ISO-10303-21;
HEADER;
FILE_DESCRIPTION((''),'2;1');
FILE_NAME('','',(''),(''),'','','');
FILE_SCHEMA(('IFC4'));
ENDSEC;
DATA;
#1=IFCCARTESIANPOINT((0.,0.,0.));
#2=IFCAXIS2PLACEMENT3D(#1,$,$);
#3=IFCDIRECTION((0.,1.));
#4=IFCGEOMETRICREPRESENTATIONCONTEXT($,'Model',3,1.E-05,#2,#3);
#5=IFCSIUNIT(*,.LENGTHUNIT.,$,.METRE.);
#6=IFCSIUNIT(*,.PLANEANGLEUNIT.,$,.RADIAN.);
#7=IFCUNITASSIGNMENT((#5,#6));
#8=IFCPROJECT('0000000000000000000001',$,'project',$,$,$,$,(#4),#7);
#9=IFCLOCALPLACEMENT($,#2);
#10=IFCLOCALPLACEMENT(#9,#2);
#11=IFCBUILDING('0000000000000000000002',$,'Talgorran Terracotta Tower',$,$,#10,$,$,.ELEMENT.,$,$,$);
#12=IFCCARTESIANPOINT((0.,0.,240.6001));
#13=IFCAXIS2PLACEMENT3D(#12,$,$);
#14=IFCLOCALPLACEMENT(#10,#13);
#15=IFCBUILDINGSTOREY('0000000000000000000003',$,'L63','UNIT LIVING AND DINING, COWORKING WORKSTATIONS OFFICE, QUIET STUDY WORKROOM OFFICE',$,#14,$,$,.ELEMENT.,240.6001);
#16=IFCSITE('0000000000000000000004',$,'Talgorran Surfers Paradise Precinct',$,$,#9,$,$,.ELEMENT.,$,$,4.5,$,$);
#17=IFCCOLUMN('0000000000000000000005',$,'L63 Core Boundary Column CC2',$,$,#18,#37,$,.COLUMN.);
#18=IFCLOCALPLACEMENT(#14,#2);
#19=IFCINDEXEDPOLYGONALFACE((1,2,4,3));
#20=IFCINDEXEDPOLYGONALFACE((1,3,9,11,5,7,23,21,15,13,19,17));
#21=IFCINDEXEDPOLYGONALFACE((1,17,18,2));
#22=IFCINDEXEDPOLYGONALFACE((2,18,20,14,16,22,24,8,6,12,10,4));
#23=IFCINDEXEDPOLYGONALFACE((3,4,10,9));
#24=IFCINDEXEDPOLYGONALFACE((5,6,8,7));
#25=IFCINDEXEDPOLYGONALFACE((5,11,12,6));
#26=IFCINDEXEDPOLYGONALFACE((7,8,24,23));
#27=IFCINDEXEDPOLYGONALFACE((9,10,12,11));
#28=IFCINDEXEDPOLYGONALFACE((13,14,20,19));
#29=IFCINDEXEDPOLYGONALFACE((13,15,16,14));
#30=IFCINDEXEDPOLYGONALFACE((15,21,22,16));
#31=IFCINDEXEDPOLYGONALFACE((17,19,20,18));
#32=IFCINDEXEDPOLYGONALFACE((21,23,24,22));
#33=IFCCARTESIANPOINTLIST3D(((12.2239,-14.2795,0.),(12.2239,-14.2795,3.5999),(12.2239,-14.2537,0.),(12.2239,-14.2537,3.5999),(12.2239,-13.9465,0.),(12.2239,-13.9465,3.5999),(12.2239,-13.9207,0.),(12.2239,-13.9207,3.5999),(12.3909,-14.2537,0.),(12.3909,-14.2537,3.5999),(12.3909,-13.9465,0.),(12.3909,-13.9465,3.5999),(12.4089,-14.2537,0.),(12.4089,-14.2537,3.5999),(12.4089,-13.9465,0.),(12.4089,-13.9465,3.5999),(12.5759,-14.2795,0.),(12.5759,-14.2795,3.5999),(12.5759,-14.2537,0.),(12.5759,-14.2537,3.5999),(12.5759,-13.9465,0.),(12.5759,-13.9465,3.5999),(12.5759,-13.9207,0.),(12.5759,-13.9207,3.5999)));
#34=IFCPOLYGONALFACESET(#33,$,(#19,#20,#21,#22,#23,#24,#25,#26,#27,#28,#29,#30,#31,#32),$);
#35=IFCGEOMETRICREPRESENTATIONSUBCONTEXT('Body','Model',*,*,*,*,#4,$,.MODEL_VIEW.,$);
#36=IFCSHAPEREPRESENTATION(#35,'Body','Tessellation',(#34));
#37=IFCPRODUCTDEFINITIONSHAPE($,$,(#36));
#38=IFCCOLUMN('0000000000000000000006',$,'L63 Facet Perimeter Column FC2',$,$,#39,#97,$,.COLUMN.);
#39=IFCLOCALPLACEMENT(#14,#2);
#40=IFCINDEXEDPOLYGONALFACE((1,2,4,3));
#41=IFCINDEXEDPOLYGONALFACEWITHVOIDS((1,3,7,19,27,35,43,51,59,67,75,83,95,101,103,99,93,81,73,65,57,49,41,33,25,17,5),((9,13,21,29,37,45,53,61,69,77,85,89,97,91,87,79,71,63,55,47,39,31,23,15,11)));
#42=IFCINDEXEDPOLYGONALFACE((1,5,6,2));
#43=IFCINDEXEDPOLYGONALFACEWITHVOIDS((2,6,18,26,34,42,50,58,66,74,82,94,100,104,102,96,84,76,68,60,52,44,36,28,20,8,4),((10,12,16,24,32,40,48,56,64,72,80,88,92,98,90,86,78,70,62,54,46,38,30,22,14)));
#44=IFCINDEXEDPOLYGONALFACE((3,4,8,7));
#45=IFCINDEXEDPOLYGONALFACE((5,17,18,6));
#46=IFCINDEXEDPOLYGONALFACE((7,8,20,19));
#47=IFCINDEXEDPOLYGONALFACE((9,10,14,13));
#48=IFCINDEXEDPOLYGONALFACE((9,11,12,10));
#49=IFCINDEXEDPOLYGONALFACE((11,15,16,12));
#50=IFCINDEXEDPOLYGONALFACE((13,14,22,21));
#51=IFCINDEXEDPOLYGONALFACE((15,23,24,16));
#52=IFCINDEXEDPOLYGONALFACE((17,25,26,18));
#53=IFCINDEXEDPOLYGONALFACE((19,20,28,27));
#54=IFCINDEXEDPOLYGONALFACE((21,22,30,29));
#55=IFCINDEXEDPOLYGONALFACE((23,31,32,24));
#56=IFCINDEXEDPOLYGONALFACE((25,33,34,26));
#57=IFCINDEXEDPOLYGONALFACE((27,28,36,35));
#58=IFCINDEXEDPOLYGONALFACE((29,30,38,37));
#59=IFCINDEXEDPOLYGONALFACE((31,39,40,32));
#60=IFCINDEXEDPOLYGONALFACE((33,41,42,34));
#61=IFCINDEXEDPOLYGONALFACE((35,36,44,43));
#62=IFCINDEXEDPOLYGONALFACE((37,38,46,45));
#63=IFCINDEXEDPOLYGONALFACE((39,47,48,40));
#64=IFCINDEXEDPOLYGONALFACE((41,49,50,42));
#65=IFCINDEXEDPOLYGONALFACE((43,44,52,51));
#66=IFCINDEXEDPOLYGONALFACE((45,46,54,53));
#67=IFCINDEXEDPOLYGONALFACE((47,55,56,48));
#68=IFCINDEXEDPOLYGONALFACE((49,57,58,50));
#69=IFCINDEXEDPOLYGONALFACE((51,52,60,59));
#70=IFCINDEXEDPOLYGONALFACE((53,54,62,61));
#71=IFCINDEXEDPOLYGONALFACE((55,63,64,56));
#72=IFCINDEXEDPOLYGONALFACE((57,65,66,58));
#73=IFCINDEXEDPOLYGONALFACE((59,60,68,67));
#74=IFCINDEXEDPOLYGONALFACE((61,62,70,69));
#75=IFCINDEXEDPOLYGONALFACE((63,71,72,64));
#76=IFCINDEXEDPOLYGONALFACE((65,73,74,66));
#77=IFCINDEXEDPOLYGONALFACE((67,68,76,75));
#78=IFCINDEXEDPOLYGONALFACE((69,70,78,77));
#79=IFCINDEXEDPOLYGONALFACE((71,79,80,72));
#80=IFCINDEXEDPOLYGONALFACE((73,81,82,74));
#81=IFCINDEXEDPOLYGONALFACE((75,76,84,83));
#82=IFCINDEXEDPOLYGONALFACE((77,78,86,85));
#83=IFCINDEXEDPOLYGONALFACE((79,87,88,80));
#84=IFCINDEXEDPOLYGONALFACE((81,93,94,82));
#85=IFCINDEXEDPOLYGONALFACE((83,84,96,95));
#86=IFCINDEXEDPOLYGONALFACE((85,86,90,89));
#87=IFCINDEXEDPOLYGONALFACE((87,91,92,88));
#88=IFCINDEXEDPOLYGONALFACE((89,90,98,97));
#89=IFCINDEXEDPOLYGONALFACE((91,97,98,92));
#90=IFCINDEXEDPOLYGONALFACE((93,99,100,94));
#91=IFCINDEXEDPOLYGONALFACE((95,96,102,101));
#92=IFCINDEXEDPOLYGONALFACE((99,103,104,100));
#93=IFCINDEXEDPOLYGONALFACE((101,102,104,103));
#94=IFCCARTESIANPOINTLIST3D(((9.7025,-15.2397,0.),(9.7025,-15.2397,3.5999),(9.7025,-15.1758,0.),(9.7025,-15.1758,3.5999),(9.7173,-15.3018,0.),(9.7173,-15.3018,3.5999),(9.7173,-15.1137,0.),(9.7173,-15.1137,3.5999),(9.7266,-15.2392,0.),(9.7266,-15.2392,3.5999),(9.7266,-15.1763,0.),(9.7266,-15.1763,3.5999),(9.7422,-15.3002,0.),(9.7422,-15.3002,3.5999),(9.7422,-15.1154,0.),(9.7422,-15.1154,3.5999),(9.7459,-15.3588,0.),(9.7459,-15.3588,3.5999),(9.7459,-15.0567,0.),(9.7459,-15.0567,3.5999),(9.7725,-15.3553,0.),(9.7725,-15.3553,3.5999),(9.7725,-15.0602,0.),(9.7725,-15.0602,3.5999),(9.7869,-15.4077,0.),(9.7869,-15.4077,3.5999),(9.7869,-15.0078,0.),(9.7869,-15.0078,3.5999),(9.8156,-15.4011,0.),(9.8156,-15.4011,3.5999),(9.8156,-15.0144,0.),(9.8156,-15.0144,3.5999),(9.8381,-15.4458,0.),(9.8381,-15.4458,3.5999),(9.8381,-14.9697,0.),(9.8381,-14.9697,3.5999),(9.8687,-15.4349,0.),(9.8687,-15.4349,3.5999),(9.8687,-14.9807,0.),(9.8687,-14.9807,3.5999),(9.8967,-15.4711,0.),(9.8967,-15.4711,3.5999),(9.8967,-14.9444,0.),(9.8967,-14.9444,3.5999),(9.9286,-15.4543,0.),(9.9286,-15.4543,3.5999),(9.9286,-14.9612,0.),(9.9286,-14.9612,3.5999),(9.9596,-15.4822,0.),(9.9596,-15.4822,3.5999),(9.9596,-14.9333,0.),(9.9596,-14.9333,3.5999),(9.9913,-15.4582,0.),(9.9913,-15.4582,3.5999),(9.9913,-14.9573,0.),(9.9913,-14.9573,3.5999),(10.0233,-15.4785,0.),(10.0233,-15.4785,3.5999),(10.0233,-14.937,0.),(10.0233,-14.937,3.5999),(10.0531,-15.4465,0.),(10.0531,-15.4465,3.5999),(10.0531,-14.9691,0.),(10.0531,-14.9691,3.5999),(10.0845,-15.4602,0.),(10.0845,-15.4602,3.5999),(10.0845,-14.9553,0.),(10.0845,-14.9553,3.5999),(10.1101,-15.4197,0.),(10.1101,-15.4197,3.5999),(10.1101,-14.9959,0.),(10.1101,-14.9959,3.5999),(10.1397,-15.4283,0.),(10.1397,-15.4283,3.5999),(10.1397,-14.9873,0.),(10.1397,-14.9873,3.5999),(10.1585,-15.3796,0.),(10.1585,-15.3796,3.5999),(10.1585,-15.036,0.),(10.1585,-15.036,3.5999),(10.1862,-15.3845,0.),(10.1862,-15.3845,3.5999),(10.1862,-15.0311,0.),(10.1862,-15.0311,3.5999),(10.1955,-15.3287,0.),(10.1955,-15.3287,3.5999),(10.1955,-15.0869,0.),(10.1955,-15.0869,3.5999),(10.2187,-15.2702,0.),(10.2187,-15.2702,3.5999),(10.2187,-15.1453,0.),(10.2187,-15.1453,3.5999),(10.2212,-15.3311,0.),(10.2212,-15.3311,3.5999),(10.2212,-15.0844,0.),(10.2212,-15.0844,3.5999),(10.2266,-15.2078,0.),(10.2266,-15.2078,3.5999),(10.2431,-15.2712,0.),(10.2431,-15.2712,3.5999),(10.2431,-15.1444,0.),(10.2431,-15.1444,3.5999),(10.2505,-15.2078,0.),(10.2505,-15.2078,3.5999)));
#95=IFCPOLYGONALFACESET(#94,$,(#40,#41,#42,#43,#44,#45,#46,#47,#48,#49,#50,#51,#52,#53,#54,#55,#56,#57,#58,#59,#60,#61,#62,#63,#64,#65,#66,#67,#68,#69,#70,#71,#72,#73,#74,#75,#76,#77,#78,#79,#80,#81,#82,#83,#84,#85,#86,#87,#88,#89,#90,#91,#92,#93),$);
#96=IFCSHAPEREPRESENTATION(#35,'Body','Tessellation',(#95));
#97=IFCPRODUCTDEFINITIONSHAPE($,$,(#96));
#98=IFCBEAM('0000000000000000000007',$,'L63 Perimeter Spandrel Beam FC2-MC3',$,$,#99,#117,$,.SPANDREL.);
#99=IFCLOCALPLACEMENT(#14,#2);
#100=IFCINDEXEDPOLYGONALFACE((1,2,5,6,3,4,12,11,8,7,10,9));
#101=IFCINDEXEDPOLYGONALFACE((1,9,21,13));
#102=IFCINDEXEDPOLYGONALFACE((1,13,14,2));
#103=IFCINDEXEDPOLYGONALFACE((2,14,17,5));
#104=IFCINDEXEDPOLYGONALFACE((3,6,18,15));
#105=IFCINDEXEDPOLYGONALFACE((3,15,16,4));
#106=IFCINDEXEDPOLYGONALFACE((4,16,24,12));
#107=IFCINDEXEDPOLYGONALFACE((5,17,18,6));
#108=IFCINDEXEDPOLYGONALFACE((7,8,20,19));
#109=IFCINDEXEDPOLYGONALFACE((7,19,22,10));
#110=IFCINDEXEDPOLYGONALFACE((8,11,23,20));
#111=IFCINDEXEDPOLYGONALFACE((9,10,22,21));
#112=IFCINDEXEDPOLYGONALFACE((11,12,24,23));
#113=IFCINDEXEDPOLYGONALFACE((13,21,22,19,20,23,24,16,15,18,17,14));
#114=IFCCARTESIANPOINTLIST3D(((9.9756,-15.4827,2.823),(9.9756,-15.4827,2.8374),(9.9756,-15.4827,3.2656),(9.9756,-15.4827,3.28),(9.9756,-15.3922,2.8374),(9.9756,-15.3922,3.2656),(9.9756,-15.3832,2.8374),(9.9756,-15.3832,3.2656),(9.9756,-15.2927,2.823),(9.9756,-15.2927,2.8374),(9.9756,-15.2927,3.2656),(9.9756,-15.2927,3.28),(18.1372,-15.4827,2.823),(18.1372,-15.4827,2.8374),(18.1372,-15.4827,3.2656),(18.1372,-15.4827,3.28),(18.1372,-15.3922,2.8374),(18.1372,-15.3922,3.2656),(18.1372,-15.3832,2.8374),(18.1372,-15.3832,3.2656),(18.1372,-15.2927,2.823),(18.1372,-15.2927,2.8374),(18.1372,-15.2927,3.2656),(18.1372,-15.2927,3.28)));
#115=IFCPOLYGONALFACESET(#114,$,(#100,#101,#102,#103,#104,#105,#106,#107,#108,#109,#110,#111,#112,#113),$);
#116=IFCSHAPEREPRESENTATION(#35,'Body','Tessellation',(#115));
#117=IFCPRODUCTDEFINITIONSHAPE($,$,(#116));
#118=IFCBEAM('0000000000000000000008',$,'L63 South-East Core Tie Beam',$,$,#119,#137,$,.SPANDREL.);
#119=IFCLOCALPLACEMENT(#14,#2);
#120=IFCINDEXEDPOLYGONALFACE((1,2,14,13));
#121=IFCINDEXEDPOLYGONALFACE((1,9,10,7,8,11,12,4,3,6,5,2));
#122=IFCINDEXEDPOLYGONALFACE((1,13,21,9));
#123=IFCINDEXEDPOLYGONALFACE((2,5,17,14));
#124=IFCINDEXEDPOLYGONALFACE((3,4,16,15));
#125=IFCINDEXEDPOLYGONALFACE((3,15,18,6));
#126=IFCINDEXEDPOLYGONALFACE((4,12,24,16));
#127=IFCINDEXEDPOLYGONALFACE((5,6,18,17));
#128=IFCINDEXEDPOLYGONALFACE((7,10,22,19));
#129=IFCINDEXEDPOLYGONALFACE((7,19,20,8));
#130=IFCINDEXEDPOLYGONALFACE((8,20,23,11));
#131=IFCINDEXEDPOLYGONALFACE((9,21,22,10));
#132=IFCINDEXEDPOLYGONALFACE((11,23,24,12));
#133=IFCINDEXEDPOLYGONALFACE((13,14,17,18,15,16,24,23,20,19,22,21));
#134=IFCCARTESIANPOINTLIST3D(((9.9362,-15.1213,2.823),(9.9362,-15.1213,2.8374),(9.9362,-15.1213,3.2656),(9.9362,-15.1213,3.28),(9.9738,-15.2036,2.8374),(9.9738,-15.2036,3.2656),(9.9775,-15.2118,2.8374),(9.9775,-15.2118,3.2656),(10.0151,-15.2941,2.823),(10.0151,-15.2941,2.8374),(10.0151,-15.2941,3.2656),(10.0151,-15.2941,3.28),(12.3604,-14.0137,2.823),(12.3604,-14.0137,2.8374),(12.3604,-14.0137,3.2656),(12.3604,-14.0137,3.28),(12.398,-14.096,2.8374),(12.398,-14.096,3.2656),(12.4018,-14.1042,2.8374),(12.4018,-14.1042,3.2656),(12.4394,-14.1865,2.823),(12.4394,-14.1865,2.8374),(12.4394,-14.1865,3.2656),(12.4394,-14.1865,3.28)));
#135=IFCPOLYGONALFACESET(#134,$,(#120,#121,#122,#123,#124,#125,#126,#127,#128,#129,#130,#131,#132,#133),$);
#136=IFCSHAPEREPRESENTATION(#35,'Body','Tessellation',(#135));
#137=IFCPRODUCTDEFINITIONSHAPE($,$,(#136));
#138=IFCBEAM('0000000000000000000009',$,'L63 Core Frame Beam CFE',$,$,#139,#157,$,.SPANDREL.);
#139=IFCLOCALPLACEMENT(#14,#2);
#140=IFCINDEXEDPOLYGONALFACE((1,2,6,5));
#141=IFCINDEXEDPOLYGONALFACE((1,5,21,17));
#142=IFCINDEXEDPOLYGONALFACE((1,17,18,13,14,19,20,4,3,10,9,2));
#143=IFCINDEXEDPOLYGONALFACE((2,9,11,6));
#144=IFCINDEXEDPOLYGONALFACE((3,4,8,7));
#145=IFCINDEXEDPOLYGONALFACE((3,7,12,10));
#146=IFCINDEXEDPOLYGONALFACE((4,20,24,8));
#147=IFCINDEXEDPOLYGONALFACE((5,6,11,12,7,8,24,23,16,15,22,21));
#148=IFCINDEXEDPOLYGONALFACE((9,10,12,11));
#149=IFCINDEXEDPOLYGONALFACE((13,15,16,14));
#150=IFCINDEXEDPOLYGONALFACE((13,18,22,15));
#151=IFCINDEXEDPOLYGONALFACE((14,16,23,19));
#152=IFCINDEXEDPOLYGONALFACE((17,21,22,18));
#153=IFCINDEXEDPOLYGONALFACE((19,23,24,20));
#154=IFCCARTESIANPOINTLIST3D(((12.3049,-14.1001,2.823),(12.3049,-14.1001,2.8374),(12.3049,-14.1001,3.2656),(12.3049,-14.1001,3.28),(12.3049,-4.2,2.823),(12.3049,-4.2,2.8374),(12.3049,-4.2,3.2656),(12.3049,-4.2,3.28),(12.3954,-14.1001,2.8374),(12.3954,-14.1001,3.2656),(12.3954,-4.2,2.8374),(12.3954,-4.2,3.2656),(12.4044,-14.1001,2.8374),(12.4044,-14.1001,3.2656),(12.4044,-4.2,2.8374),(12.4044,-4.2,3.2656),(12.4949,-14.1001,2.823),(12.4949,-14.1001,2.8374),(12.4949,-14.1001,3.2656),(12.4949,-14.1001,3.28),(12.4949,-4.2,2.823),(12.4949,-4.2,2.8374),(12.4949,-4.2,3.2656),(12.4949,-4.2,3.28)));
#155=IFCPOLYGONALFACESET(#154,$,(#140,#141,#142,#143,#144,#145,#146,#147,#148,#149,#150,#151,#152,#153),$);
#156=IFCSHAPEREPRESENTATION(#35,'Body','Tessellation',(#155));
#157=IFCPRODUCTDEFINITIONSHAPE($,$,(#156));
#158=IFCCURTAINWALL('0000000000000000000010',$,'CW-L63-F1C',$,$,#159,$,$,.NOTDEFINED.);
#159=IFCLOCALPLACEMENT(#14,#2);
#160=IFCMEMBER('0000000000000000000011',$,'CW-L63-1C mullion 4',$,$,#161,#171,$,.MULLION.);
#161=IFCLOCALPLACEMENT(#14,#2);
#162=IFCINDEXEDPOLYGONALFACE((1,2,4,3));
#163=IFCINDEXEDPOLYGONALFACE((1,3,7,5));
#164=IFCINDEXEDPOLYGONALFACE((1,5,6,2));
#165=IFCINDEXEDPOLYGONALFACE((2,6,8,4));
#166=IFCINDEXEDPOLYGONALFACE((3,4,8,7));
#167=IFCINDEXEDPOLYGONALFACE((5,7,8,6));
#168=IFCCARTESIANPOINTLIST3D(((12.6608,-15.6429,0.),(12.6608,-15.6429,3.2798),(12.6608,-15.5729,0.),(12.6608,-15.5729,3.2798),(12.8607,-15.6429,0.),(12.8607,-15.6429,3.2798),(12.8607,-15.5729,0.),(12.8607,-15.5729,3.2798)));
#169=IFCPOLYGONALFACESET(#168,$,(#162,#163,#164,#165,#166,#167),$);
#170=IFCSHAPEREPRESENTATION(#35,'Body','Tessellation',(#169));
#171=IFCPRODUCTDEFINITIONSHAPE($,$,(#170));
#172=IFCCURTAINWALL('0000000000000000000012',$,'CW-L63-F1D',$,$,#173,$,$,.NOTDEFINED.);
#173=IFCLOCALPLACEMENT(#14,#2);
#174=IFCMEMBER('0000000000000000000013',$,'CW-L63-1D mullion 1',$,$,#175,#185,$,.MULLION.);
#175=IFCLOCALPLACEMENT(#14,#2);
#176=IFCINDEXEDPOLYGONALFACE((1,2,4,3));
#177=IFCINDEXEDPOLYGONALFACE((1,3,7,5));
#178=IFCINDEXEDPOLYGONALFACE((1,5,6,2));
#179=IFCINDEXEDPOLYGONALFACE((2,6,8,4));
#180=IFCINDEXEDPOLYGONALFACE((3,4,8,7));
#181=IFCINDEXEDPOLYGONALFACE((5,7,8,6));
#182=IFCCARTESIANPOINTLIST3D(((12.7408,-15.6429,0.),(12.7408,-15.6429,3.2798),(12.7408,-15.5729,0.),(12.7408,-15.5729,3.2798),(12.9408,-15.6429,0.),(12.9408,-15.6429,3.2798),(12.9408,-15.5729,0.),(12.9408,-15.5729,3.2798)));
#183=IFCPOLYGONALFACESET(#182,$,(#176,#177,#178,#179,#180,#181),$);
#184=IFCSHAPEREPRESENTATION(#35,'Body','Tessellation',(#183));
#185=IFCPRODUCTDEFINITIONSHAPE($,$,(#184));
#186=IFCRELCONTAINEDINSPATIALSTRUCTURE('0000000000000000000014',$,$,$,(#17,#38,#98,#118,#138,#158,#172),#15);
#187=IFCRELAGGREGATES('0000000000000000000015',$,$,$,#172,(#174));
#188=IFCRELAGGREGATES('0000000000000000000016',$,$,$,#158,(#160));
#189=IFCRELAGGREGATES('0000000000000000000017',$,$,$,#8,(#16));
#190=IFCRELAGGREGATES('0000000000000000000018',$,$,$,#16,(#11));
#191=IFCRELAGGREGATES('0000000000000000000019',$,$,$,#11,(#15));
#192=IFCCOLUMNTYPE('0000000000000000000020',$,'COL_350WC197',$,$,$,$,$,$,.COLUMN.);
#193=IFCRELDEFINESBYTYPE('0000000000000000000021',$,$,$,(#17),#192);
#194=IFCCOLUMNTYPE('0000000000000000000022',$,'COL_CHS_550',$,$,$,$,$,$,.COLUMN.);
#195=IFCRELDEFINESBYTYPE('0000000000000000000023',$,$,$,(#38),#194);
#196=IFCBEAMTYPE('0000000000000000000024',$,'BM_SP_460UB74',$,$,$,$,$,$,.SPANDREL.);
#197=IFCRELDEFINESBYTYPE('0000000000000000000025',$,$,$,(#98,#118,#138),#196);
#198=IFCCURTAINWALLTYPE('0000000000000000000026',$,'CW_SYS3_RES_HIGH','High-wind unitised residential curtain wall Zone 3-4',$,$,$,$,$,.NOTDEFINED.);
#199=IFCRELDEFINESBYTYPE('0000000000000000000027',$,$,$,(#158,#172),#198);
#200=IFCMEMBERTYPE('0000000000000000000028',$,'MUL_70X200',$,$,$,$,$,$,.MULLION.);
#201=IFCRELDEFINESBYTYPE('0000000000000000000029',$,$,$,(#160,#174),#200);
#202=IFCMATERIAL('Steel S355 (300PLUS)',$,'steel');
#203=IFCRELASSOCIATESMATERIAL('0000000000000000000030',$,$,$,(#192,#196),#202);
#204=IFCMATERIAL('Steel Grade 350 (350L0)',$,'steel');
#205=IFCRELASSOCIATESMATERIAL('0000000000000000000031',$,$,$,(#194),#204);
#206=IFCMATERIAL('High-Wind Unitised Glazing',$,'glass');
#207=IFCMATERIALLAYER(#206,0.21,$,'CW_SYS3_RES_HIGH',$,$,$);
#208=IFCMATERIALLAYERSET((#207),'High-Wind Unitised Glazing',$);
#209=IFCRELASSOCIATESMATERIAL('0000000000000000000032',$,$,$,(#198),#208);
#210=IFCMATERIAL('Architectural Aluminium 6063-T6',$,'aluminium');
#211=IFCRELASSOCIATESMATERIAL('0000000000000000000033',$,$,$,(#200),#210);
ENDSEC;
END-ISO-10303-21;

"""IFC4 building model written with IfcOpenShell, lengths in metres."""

from ifc_helpers import new_model, si_unit, direction, frame, origin, origin_2d, place, context, subcontext, project, spatial, rectangle, hollow_circle, i_section, extrude, material, layer, layer_set, material_profile, profile_set, type_object, element, aggregate, save


model = new_model("IFC4")

# Units and contexts
model_context = context("Model", 3, precision=1e-05, world=origin(), true_north=direction((0.0, 1.0)))
body_context = subcontext(model_context, "Body", "Model", "MODEL_VIEW")
ifc_project = project(units=[si_unit("LENGTHUNIT", "METRE"), si_unit("PLANEANGLEUNIT", "RADIAN")], contexts=[model_context])

# Site, building, storey
site_placement = place(None, origin())
site = spatial("IfcSite", under=ifc_project, at=site_placement, Name="Talgorran Surfers Paradise Precinct", CompositionType="ELEMENT", RefElevation=4.5)
building_placement = place(site_placement, origin())
building = spatial("IfcBuilding", under=site, at=building_placement, Name="Talgorran Terracotta Tower", CompositionType="ELEMENT")
storey_placement = place(building_placement, frame((0.0, 0.0, 240.6001)))
storey = spatial("IfcBuildingStorey", under=building, at=storey_placement, Name="L63", Description="UNIT LIVING AND DINING, COWORKING WORKSTATIONS OFFICE, QUIET STUDY WORKROOM OFFICE", CompositionType="ELEMENT", Elevation=240.6001)

# Columns
ifc_material_1 = material(Name="Steel S355 (300PLUS)", Category="steel")
ifc_material_profile_1 = material_profile(ifc_material_1, i_section(OverallWidth=0.3521, OverallDepth=0.3589, WebThickness=0.0181, FlangeThickness=0.0259, at=origin_2d()), Name="350WC197")
ifc_profile_set_1 = profile_set([ifc_material_profile_1], Name="Steel S355 (300PLUS)")
column_type_1 = type_object("IfcColumnType", Name="COL_350WC197", PredefinedType="COLUMN", material=ifc_profile_set_1)
column_1_placement = place(storey_placement, frame((12.3999, -14.1001, 0.0), z_axis=(0.0, 0.0, 1.0), x_axis=(1.0, 0.0, 0.0)))
element("IfcColumn", 1, at=column_1_placement, inside=storey, type_object=column_type_1, Name="L63 Core Boundary Column CC2", PredefinedType="COLUMN", context=body_context, shape_type="SweptSolid", body=[
    extrude(i_section(OverallWidth=0.3521, OverallDepth=0.3589, WebThickness=0.0181, FlangeThickness=0.0259, at=origin_2d()), origin(), (0.0, 0.0, 1.0), 3.5999),
])
ifc_material_2 = material(Name="Steel Grade 350 (350L0)", Category="steel")
ifc_material_profile_2 = material_profile(ifc_material_2, hollow_circle(Radius=0.2749, WallThickness=0.0239, at=origin_2d()), Name="CHS550X24")
ifc_profile_set_2 = profile_set([ifc_material_profile_2], Name="Steel Grade 350 (350L0)")
column_type_2 = type_object("IfcColumnType", Name="COL_CHS_550", PredefinedType="COLUMN", material=ifc_profile_set_2)
column_2_placement = place(storey_placement, frame((9.9756, -15.2078, 0.0), z_axis=(0.0, 0.0, 1.0), x_axis=(1.0, 0.0, 0.0)))
element("IfcColumn", 2, at=column_2_placement, inside=storey, type_object=column_type_2, Name="L63 Facet Perimeter Column FC2", PredefinedType="COLUMN", context=body_context, shape_type="SweptSolid", body=[
    extrude(hollow_circle(Radius=0.2749, WallThickness=0.0239, at=origin_2d()), origin(), (0.0, 0.0, 1.0), 3.5999),
])

# Beams
ifc_material_profile_3 = material_profile(ifc_material_1, i_section(OverallWidth=0.1899, OverallDepth=0.457, WebThickness=0.009, FlangeThickness=0.0144, at=origin_2d()), Name="460UB74.6")
ifc_profile_set_3 = profile_set([ifc_material_profile_3], Name="Steel S355 (300PLUS)")
beam_type = type_object("IfcBeamType", Name="BM_SP_460UB74", PredefinedType="SPANDREL", material=ifc_profile_set_3)
beam_1_placement = place(storey_placement, frame((9.9756, -15.3877, 3.0515), z_axis=(1.0, 0.0, 0.0), x_axis=(0.0, 1.0, 0.0)))
element("IfcBeam", 3, at=beam_1_placement, inside=storey, type_object=beam_type, Name="L63 Perimeter Spandrel Beam FC2-MC3", PredefinedType="SPANDREL", context=body_context, shape_type="SweptSolid", body=[
    extrude(i_section(OverallWidth=0.1899, OverallDepth=0.457, WebThickness=0.009, FlangeThickness=0.0144, at=origin_2d()), origin(), (0.0, 0.0, 1.0), 8.1616),
])
beam_2_placement = place(storey_placement, frame((12.3999, -14.1001, 3.0515), z_axis=(-0.909559, -0.415576, 0.0), x_axis=(0.415576, -0.909559, 0.0)))
element("IfcBeam", 4, at=beam_2_placement, inside=storey, type_object=beam_type, Name="L63 South-East Core Tie Beam", PredefinedType="SPANDREL", context=body_context, shape_type="SweptSolid", body=[
    extrude(i_section(OverallWidth=0.1899, OverallDepth=0.457, WebThickness=0.009, FlangeThickness=0.0144, at=origin_2d()), origin(), (0.0, 0.0, 1.0), 2.6653),
])
beam_3_placement = place(storey_placement, frame((12.3999, -14.1001, 3.0515), z_axis=(0.0, 1.0, 0.0), x_axis=(-1.0, 0.0, 0.0)))
element("IfcBeam", 5, at=beam_3_placement, inside=storey, type_object=beam_type, Name="L63 Core Frame Beam CFE", PredefinedType="SPANDREL", context=body_context, shape_type="SweptSolid", body=[
    extrude(i_section(OverallWidth=0.1899, OverallDepth=0.457, WebThickness=0.009, FlangeThickness=0.0144, at=origin_2d()), origin(), (0.0, 0.0, 1.0), 9.9001),
])

# Curtain wall, member
ifc_material_3 = material(Name="High-Wind Unitised Glazing", Category="glass")
ifc_layer_1 = layer(ifc_material_3, 0.21, Name="CW_SYS3_RES_HIGH")
ifc_layer_set_1 = layer_set([ifc_layer_1], Name="High-Wind Unitised Glazing")
curtain_wall_type = type_object("IfcCurtainWallType", Name="CW_SYS3_RES_HIGH", Description="High-wind unitised residential curtain wall Zone 3-4", PredefinedType="NOTDEFINED", material=ifc_layer_set_1)
curtain_wall_1_placement = place(storey_placement, origin())
curtain_wall_1 = element("IfcCurtainWall", 6, at=curtain_wall_1_placement, inside=storey, type_object=curtain_wall_type, Name="CW-L63-F1C", PredefinedType="NOTDEFINED")
ifc_material_4 = material(Name="Architectural Aluminium 6063-T6", Category="aluminium")
ifc_material_profile_4 = material_profile(ifc_material_4, rectangle(XDim=0.0701, YDim=0.2, at=origin_2d()), Name="CWM70X200")
ifc_profile_set_4 = profile_set([ifc_material_profile_4], Name="Architectural Aluminium 6063-T6")
member_type_1 = type_object("IfcMemberType", Name="MUL_70X200", PredefinedType="MULLION", material=ifc_profile_set_4)
member_1_placement = place(storey_placement, frame((12.7607, -15.6079, 0.0), z_axis=(0.0, 0.0, 1.0), x_axis=(0.0, 1.0, 0.0)))
member_1 = element("IfcMember", 7, at=member_1_placement, type_object=member_type_1, Name="CW-L63-1C mullion 4", PredefinedType="MULLION", context=body_context, shape_type="SweptSolid", body=[
    extrude(rectangle(XDim=0.0701, YDim=0.2, at=origin_2d()), origin(), (0.0, 0.0, 1.0), 3.2798),
])

# Curtain wall, member
curtain_wall_2_placement = place(storey_placement, origin())
curtain_wall_2 = element("IfcCurtainWall", 8, at=curtain_wall_2_placement, inside=storey, type_object=curtain_wall_type, Name="CW-L63-F1D", PredefinedType="NOTDEFINED")
member_2_placement = place(storey_placement, frame((12.8408, -15.6079, 0.0), z_axis=(0.0, 0.0, 1.0), x_axis=(0.0, 1.0, 0.0)))
member_2 = element("IfcMember", 9, at=member_2_placement, type_object=member_type_1, Name="CW-L63-1D mullion 1", PredefinedType="MULLION", context=body_context, shape_type="SweptSolid", body=[
    extrude(rectangle(XDim=0.0701, YDim=0.2, at=origin_2d()), origin(), (0.0, 0.0, 1.0), 3.2798),
])
aggregate(curtain_wall_2, [member_2])

aggregate(curtain_wall_1, [member_1])

save(model, "model.ifc")
